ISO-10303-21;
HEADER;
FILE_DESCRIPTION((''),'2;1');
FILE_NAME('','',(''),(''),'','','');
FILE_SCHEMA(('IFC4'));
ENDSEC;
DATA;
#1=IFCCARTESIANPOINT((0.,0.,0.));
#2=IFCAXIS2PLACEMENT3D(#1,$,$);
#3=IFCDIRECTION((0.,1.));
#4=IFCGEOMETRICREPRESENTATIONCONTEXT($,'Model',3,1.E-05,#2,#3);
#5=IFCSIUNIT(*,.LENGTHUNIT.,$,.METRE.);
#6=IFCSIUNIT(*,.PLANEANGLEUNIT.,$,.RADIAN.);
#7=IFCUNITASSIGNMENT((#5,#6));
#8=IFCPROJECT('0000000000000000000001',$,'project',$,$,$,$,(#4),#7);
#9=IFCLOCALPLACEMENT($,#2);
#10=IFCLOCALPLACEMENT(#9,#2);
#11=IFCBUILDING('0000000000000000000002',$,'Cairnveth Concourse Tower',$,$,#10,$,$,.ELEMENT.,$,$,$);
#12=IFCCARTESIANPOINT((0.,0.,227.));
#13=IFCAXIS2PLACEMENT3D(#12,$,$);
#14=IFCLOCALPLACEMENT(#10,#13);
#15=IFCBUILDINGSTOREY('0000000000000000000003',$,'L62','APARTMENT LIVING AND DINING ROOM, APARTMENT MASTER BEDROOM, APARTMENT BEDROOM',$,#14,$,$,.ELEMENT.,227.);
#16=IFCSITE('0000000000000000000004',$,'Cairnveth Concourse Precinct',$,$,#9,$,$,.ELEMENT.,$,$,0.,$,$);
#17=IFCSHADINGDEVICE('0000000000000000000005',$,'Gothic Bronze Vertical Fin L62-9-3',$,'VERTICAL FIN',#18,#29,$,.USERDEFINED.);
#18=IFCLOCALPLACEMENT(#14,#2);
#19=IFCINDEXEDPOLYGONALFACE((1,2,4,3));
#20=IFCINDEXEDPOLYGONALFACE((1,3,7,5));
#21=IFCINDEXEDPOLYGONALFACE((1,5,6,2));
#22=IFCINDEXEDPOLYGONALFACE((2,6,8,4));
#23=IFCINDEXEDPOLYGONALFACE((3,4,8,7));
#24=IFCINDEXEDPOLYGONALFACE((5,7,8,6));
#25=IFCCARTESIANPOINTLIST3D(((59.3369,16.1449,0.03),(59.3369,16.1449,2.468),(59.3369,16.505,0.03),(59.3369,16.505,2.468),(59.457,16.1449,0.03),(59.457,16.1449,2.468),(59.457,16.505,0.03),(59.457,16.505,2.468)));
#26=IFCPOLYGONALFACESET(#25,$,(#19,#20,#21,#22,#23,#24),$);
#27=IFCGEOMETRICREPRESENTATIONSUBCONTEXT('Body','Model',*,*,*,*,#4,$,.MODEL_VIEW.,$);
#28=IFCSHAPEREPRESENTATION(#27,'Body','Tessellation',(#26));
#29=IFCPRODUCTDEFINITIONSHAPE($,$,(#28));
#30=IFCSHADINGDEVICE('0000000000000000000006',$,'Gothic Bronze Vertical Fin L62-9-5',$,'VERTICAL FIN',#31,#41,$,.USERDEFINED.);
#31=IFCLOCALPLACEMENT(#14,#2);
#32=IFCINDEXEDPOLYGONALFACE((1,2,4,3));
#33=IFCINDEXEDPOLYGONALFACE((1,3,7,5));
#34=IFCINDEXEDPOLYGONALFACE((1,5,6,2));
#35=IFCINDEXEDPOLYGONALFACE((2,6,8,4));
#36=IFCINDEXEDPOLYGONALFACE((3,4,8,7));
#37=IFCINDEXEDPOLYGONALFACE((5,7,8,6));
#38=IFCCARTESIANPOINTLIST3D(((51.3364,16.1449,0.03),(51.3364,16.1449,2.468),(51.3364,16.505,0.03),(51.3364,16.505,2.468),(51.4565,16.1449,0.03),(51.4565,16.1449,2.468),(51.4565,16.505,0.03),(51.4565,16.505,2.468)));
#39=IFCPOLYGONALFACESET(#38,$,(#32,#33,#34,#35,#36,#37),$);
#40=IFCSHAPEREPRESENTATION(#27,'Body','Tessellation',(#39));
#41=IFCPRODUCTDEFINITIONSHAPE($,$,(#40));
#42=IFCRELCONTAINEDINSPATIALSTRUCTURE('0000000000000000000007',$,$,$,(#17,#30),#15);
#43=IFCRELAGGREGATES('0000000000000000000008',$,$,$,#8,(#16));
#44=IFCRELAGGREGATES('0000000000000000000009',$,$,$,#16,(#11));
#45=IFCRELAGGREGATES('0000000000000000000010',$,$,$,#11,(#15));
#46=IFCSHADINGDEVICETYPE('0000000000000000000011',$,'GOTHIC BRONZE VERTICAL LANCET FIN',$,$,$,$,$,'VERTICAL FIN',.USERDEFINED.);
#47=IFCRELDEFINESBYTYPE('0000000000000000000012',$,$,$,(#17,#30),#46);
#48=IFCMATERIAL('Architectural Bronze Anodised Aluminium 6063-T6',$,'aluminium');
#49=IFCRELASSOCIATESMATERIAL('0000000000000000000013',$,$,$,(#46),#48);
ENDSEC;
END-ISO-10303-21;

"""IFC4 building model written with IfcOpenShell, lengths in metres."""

from ifc_helpers import new_model, si_unit, direction, frame, origin, origin_2d, place, context, subcontext, project, spatial, rectangle, extrude, material, type_object, element, save


model = new_model("IFC4")

# Units and contexts
model_context = context("Model", 3, precision=1e-05, world=origin(), true_north=direction((0.0, 1.0)))
body_context = subcontext(model_context, "Body", "Model", "MODEL_VIEW")
ifc_project = project(units=[si_unit("LENGTHUNIT", "METRE"), si_unit("PLANEANGLEUNIT", "RADIAN")], contexts=[model_context])

# Site, building, storey
site_placement = place(None, origin())
site = spatial("IfcSite", under=ifc_project, at=site_placement, Name="Cairnveth Concourse Precinct", CompositionType="ELEMENT", RefElevation=0.0)
building_placement = place(site_placement, origin())
building = spatial("IfcBuilding", under=site, at=building_placement, Name="Cairnveth Concourse Tower", CompositionType="ELEMENT")
storey_placement = place(building_placement, frame((0.0, 0.0, 227.0)))
storey = spatial("IfcBuildingStorey", under=building, at=storey_placement, Name="L62", Description="APARTMENT LIVING AND DINING ROOM, APARTMENT MASTER BEDROOM, APARTMENT BEDROOM", CompositionType="ELEMENT", Elevation=227.0)

# Shading devices
ifc_material_1 = material(Name="Architectural Bronze Anodised Aluminium 6063-T6", Category="aluminium")
shading_device_type = type_object("IfcShadingDeviceType", Name="GOTHIC BRONZE VERTICAL LANCET FIN", ElementType="VERTICAL FIN", PredefinedType="USERDEFINED", material=ifc_material_1)
for number, where, z_axis, x_axis, name in (
    (1, (59.397, 16.325, 0.03), (0.0, 0.0, 1.0), (1.0, 0.0, 0.0), "Gothic Bronze Vertical Fin L62-9-3"),
    (2, (51.3965, 16.325, 0.03), (0.0, 0.0, 1.0), (1.0, 0.0, 0.0), "Gothic Bronze Vertical Fin L62-9-5"),
):
    element("IfcShadingDevice", number, at=place(storey_placement, frame(where, z_axis=z_axis, x_axis=x_axis)), inside=storey, type_object=shading_device_type, Name=name, ObjectType="VERTICAL FIN", PredefinedType="USERDEFINED", context=body_context, shape_type="SweptSolid", body=[
        extrude(rectangle(XDim=0.1201, YDim=0.3601, at=origin_2d()), origin(), (0.0, 0.0, 1.0), 2.438),
    ])

save(model, "model.ifc")
